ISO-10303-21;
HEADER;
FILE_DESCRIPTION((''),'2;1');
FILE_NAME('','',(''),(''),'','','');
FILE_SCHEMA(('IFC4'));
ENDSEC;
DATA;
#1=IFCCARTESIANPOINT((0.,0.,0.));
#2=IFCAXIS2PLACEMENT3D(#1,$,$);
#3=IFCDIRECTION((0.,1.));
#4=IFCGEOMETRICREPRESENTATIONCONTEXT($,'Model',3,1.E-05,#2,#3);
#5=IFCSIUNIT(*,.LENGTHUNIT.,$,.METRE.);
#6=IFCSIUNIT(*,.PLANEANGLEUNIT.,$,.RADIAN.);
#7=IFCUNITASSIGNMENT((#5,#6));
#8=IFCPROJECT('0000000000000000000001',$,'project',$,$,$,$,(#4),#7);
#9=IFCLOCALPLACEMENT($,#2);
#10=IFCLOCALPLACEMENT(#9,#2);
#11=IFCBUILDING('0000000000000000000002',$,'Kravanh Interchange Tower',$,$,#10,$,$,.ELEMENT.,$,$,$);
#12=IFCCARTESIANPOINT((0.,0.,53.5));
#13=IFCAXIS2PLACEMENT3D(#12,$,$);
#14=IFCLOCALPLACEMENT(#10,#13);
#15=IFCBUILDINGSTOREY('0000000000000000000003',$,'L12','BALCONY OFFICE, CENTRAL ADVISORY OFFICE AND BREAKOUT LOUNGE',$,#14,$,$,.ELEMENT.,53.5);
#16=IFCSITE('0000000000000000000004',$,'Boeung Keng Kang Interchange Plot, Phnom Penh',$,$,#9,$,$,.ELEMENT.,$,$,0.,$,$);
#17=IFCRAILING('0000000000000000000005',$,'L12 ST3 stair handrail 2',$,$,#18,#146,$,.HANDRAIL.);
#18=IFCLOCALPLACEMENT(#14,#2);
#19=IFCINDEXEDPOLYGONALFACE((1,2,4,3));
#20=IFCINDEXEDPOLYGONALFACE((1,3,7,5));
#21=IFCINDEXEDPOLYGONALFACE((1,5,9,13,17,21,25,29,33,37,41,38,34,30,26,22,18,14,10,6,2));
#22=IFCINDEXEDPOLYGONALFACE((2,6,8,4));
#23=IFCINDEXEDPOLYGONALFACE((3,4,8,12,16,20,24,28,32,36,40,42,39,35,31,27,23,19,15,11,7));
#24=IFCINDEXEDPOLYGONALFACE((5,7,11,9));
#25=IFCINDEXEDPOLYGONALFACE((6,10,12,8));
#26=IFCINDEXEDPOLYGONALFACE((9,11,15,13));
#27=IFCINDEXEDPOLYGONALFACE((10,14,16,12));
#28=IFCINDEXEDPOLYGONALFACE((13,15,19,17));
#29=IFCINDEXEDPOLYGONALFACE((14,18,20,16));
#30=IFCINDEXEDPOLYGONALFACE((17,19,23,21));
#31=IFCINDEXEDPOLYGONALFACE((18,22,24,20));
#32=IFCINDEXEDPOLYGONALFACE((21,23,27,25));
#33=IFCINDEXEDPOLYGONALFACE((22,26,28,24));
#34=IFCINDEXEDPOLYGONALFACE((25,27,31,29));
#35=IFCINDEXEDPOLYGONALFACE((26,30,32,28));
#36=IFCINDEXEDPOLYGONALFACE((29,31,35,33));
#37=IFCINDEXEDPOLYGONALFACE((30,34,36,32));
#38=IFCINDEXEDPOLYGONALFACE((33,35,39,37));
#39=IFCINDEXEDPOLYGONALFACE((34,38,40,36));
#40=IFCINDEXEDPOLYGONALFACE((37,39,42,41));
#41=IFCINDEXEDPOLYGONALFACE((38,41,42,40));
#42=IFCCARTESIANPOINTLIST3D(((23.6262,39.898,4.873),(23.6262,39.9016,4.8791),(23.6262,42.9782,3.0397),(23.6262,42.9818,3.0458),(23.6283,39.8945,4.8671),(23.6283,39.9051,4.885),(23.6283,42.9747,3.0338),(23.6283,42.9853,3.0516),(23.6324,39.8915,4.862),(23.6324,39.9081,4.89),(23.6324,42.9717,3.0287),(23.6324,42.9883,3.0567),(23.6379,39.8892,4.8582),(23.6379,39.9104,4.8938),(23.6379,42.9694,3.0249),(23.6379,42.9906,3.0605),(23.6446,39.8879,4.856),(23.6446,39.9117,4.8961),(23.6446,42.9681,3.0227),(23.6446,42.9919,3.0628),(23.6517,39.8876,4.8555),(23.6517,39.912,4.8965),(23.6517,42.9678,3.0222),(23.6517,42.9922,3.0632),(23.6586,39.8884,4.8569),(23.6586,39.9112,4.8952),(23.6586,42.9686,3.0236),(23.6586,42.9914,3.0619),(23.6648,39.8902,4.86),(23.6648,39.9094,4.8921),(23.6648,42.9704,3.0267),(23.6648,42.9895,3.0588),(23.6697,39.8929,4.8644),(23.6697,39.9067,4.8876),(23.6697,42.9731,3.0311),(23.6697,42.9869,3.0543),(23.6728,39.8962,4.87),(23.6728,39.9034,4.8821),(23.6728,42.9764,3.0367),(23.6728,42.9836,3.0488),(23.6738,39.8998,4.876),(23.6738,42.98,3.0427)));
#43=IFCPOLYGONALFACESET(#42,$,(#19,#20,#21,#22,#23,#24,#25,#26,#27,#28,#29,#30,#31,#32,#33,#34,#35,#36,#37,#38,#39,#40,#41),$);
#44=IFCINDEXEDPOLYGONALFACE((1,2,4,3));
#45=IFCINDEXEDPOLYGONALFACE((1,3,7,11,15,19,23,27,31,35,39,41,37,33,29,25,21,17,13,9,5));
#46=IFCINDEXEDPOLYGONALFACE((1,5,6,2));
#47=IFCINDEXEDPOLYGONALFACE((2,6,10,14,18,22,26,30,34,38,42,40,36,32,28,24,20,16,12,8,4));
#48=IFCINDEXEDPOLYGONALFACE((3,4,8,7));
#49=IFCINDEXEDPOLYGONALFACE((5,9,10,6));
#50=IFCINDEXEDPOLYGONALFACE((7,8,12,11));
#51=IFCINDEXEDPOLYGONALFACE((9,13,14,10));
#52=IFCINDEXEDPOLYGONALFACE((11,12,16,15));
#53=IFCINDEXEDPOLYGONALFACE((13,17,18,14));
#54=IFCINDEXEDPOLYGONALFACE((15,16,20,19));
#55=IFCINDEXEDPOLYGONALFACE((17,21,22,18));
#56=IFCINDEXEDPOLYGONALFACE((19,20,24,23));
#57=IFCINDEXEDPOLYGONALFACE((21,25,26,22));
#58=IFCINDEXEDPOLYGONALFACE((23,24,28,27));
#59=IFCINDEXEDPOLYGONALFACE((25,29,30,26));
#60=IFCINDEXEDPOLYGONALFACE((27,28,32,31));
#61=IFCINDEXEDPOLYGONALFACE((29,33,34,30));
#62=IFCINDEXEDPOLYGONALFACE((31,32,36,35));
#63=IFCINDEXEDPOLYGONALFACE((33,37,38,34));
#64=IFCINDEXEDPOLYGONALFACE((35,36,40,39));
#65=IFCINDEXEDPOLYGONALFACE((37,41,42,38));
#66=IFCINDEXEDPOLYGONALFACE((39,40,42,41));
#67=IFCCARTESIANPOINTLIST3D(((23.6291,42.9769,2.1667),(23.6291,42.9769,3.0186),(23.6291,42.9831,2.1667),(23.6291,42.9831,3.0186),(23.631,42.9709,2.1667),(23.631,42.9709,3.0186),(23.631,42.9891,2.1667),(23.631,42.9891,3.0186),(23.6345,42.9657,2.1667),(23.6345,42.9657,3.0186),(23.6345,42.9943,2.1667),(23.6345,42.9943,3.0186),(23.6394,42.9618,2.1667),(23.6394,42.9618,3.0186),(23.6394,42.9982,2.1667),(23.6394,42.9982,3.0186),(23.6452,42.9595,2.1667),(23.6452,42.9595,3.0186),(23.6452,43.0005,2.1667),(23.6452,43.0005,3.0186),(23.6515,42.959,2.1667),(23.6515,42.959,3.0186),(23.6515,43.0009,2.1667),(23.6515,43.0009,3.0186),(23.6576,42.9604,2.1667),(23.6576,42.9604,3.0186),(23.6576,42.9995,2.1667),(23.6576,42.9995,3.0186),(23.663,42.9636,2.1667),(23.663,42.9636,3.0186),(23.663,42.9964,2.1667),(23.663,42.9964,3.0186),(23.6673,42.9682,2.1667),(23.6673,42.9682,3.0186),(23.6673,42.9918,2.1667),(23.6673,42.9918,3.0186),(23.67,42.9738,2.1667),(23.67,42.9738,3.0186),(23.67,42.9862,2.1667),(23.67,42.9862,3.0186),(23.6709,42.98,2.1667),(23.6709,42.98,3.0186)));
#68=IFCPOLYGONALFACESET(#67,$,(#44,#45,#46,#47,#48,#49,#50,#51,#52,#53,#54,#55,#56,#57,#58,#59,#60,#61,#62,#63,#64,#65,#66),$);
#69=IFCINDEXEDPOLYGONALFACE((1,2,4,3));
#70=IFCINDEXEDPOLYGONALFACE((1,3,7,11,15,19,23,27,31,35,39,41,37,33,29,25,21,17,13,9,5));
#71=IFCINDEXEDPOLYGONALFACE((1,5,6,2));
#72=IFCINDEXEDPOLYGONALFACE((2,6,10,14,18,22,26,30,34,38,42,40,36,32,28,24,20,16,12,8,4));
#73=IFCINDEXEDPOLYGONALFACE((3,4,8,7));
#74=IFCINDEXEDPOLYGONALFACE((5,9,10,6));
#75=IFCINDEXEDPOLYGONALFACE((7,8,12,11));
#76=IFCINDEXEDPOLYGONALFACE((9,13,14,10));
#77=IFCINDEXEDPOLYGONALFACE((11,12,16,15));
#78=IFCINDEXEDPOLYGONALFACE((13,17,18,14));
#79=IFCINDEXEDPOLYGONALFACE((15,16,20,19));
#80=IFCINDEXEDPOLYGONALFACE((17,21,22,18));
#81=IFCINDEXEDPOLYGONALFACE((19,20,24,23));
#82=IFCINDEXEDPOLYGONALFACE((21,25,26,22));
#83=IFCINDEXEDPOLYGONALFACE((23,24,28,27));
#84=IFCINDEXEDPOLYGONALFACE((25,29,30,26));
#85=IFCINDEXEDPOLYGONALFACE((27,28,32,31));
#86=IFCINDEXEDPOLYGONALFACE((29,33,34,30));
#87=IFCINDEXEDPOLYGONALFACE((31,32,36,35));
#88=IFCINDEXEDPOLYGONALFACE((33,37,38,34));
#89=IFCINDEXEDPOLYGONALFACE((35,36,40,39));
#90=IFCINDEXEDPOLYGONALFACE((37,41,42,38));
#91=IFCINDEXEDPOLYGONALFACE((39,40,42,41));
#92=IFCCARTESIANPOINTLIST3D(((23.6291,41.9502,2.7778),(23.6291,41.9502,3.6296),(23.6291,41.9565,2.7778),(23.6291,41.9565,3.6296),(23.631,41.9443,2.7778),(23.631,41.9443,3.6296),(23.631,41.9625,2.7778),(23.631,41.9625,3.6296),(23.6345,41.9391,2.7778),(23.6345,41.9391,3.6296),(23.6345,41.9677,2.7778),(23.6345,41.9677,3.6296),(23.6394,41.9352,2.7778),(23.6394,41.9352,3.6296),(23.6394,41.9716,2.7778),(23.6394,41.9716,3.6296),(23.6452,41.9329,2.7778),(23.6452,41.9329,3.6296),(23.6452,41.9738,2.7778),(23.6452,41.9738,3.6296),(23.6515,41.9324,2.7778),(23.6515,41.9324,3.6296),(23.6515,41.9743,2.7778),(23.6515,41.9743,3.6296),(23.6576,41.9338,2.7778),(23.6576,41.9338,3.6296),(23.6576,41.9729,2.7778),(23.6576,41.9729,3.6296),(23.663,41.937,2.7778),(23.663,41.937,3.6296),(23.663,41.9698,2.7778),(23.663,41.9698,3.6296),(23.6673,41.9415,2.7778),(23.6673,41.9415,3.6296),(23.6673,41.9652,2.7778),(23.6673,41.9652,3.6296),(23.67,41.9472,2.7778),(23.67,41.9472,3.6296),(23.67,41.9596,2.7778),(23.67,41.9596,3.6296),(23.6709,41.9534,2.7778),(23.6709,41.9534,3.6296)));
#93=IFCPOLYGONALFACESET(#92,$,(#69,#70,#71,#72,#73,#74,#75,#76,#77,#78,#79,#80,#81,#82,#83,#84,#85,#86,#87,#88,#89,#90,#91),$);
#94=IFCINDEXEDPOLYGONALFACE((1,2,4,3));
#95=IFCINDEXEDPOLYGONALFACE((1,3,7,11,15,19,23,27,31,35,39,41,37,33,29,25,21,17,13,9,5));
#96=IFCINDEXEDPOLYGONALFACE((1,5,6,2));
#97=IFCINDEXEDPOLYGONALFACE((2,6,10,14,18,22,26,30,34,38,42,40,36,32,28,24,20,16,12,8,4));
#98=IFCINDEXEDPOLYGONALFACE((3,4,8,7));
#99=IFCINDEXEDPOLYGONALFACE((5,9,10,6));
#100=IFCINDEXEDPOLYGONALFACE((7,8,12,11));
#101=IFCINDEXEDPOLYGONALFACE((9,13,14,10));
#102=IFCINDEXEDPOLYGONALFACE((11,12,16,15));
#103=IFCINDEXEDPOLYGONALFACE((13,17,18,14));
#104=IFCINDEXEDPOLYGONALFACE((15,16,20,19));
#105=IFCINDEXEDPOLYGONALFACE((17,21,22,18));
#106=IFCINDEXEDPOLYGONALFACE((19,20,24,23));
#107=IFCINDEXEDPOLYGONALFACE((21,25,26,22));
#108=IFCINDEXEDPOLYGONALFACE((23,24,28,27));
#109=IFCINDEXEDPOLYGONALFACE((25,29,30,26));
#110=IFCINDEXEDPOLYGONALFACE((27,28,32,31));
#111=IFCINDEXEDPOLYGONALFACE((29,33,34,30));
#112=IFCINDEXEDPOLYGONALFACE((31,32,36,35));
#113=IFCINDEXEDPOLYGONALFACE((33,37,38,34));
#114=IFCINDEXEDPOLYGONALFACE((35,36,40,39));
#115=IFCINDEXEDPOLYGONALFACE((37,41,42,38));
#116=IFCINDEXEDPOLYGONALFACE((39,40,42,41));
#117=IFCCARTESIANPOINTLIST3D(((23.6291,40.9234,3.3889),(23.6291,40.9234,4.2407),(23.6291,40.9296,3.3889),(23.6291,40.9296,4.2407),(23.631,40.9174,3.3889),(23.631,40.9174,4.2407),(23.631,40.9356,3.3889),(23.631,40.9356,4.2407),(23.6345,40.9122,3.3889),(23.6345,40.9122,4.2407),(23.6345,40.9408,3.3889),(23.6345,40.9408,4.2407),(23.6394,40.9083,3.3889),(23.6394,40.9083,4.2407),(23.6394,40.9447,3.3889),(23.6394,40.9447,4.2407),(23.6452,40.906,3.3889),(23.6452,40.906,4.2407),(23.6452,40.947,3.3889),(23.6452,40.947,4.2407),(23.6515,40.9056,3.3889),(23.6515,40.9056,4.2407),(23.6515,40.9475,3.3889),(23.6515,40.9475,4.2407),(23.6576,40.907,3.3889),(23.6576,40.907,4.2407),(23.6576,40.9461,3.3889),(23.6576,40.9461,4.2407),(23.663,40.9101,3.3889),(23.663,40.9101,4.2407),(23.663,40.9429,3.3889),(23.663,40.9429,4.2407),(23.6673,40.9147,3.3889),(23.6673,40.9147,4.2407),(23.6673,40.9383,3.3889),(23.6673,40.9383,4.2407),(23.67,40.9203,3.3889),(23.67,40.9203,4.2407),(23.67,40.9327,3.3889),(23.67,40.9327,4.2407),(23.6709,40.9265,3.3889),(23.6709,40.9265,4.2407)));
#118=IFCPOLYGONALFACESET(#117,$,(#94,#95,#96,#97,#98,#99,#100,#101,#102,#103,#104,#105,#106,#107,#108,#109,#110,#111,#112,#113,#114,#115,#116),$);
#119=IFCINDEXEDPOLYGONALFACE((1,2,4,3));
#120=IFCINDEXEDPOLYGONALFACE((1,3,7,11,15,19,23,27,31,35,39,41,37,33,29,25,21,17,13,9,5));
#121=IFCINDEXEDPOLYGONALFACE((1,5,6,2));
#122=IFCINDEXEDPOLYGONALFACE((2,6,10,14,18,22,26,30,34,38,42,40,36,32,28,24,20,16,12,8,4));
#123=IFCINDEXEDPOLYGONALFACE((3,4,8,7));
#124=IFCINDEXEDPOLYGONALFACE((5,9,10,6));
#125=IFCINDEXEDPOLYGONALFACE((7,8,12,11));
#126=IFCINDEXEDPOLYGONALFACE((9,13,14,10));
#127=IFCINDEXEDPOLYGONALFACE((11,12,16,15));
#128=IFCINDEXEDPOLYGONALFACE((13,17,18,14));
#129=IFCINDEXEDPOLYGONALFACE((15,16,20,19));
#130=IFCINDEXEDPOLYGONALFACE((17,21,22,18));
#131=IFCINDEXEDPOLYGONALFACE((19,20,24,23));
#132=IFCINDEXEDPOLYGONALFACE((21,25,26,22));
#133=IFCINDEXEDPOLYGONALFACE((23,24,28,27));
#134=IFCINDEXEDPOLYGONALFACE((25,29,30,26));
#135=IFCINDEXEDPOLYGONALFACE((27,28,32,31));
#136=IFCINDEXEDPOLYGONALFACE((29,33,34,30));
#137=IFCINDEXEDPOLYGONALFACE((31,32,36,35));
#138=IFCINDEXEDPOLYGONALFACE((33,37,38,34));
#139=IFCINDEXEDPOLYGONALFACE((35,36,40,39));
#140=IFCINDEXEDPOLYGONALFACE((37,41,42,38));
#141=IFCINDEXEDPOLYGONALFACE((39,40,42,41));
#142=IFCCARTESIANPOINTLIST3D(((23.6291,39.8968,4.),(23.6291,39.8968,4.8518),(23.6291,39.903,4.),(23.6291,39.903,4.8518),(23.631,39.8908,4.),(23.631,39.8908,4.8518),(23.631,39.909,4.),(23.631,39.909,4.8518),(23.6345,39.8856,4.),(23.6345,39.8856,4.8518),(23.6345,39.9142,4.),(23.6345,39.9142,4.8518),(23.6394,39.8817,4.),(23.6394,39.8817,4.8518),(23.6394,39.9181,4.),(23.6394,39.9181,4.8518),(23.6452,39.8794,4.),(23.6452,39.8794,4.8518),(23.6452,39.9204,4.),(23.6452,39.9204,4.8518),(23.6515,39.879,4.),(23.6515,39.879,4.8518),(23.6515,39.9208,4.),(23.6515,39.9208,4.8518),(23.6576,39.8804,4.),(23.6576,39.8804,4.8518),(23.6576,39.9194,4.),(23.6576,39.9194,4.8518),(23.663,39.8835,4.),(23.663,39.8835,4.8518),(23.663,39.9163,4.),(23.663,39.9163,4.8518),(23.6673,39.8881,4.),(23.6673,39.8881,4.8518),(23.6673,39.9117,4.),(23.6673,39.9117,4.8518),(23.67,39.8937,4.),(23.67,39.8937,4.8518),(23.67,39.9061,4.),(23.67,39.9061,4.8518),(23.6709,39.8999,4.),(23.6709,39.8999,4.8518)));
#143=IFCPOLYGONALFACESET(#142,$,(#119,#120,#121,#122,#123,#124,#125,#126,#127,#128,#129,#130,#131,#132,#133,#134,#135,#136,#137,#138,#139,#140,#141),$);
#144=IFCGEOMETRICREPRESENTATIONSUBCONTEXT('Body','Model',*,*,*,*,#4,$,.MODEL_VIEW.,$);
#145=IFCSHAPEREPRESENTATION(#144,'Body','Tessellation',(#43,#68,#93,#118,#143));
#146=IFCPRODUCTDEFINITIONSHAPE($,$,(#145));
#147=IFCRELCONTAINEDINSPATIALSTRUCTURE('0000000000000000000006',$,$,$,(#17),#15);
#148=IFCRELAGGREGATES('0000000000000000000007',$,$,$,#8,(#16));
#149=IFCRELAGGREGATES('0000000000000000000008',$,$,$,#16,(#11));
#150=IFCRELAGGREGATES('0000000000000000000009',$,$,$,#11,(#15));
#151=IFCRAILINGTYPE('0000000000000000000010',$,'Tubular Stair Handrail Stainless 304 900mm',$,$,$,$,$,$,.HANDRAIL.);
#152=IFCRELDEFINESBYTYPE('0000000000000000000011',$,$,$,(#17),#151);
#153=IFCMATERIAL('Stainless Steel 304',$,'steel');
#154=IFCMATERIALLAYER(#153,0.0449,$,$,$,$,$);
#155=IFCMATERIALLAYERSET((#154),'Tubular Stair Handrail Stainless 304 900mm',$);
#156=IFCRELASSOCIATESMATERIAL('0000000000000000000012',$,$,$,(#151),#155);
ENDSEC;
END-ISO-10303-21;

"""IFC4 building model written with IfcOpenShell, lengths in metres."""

from ifc_helpers import new_model, si_unit, direction, frame, origin, origin_2d, place, context, subcontext, project, spatial, circle, extrude, material, layer, layer_set, type_object, element, save


model = new_model("IFC4")

# Units and contexts
model_context = context("Model", 3, precision=1e-05, world=origin(), true_north=direction((0.0, 1.0)))
body_context = subcontext(model_context, "Body", "Model", "MODEL_VIEW")
ifc_project = project(units=[si_unit("LENGTHUNIT", "METRE"), si_unit("PLANEANGLEUNIT", "RADIAN")], contexts=[model_context])

# Site, building, storey
site_placement = place(None, origin())
site = spatial("IfcSite", under=ifc_project, at=site_placement, Name="Boeung Keng Kang Interchange Plot, Phnom Penh", CompositionType="ELEMENT", RefElevation=0.0)
building_placement = place(site_placement, origin())
building = spatial("IfcBuilding", under=site, at=building_placement, Name="Kravanh Interchange Tower", CompositionType="ELEMENT")
storey_placement = place(building_placement, frame((0.0, 0.0, 53.5)))
storey = spatial("IfcBuildingStorey", under=building, at=storey_placement, Name="L12", Description="BALCONY OFFICE, CENTRAL ADVISORY OFFICE AND BREAKOUT LOUNGE", CompositionType="ELEMENT", Elevation=53.5)

# Railing
ifc_material_1 = material(Name="Stainless Steel 304", Category="steel")
ifc_layer_1 = layer(ifc_material_1, 0.0449)
ifc_layer_set_1 = layer_set([ifc_layer_1], Name="Tubular Stair Handrail Stainless 304 900mm")
railing_type_1 = type_object("IfcRailingType", Name="Tubular Stair Handrail Stainless 304 900mm", PredefinedType="HANDRAIL", material=ifc_layer_set_1)
railing_1_placement = place(storey_placement, frame((23.6499, 42.98, 2.1667)))
element("IfcRailing", 1, at=railing_1_placement, inside=storey, type_object=railing_type_1, Name="L12 ST3 stair handrail 2", PredefinedType="HANDRAIL", context=body_context, shape_type="SweptSolid", body=[
    extrude(circle(Radius=0.0239, at=origin_2d()), frame((0.0, 0.0, 0.876), z_axis=(0.0, -0.859309, 0.511458), x_axis=(1.0, 0.0, 0.0)), (0.0, 0.0, 1.0), 3.5845),
    extrude(circle(Radius=0.021, at=origin_2d()), origin(), (0.0, 0.0, 1.0), 0.8518),
    extrude(circle(Radius=0.021, at=origin_2d()), frame((0.0, -1.0266, 0.6111)), (0.0, 0.0, 1.0), 0.8518),
    extrude(circle(Radius=0.021, at=origin_2d()), frame((0.0, -2.0535, 1.2222)), (0.0, 0.0, 1.0), 0.8518),
    extrude(circle(Radius=0.021, at=origin_2d()), frame((0.0, -3.0801, 1.8333)), (0.0, 0.0, 1.0), 0.8518),
])

save(model, "model.ifc")
